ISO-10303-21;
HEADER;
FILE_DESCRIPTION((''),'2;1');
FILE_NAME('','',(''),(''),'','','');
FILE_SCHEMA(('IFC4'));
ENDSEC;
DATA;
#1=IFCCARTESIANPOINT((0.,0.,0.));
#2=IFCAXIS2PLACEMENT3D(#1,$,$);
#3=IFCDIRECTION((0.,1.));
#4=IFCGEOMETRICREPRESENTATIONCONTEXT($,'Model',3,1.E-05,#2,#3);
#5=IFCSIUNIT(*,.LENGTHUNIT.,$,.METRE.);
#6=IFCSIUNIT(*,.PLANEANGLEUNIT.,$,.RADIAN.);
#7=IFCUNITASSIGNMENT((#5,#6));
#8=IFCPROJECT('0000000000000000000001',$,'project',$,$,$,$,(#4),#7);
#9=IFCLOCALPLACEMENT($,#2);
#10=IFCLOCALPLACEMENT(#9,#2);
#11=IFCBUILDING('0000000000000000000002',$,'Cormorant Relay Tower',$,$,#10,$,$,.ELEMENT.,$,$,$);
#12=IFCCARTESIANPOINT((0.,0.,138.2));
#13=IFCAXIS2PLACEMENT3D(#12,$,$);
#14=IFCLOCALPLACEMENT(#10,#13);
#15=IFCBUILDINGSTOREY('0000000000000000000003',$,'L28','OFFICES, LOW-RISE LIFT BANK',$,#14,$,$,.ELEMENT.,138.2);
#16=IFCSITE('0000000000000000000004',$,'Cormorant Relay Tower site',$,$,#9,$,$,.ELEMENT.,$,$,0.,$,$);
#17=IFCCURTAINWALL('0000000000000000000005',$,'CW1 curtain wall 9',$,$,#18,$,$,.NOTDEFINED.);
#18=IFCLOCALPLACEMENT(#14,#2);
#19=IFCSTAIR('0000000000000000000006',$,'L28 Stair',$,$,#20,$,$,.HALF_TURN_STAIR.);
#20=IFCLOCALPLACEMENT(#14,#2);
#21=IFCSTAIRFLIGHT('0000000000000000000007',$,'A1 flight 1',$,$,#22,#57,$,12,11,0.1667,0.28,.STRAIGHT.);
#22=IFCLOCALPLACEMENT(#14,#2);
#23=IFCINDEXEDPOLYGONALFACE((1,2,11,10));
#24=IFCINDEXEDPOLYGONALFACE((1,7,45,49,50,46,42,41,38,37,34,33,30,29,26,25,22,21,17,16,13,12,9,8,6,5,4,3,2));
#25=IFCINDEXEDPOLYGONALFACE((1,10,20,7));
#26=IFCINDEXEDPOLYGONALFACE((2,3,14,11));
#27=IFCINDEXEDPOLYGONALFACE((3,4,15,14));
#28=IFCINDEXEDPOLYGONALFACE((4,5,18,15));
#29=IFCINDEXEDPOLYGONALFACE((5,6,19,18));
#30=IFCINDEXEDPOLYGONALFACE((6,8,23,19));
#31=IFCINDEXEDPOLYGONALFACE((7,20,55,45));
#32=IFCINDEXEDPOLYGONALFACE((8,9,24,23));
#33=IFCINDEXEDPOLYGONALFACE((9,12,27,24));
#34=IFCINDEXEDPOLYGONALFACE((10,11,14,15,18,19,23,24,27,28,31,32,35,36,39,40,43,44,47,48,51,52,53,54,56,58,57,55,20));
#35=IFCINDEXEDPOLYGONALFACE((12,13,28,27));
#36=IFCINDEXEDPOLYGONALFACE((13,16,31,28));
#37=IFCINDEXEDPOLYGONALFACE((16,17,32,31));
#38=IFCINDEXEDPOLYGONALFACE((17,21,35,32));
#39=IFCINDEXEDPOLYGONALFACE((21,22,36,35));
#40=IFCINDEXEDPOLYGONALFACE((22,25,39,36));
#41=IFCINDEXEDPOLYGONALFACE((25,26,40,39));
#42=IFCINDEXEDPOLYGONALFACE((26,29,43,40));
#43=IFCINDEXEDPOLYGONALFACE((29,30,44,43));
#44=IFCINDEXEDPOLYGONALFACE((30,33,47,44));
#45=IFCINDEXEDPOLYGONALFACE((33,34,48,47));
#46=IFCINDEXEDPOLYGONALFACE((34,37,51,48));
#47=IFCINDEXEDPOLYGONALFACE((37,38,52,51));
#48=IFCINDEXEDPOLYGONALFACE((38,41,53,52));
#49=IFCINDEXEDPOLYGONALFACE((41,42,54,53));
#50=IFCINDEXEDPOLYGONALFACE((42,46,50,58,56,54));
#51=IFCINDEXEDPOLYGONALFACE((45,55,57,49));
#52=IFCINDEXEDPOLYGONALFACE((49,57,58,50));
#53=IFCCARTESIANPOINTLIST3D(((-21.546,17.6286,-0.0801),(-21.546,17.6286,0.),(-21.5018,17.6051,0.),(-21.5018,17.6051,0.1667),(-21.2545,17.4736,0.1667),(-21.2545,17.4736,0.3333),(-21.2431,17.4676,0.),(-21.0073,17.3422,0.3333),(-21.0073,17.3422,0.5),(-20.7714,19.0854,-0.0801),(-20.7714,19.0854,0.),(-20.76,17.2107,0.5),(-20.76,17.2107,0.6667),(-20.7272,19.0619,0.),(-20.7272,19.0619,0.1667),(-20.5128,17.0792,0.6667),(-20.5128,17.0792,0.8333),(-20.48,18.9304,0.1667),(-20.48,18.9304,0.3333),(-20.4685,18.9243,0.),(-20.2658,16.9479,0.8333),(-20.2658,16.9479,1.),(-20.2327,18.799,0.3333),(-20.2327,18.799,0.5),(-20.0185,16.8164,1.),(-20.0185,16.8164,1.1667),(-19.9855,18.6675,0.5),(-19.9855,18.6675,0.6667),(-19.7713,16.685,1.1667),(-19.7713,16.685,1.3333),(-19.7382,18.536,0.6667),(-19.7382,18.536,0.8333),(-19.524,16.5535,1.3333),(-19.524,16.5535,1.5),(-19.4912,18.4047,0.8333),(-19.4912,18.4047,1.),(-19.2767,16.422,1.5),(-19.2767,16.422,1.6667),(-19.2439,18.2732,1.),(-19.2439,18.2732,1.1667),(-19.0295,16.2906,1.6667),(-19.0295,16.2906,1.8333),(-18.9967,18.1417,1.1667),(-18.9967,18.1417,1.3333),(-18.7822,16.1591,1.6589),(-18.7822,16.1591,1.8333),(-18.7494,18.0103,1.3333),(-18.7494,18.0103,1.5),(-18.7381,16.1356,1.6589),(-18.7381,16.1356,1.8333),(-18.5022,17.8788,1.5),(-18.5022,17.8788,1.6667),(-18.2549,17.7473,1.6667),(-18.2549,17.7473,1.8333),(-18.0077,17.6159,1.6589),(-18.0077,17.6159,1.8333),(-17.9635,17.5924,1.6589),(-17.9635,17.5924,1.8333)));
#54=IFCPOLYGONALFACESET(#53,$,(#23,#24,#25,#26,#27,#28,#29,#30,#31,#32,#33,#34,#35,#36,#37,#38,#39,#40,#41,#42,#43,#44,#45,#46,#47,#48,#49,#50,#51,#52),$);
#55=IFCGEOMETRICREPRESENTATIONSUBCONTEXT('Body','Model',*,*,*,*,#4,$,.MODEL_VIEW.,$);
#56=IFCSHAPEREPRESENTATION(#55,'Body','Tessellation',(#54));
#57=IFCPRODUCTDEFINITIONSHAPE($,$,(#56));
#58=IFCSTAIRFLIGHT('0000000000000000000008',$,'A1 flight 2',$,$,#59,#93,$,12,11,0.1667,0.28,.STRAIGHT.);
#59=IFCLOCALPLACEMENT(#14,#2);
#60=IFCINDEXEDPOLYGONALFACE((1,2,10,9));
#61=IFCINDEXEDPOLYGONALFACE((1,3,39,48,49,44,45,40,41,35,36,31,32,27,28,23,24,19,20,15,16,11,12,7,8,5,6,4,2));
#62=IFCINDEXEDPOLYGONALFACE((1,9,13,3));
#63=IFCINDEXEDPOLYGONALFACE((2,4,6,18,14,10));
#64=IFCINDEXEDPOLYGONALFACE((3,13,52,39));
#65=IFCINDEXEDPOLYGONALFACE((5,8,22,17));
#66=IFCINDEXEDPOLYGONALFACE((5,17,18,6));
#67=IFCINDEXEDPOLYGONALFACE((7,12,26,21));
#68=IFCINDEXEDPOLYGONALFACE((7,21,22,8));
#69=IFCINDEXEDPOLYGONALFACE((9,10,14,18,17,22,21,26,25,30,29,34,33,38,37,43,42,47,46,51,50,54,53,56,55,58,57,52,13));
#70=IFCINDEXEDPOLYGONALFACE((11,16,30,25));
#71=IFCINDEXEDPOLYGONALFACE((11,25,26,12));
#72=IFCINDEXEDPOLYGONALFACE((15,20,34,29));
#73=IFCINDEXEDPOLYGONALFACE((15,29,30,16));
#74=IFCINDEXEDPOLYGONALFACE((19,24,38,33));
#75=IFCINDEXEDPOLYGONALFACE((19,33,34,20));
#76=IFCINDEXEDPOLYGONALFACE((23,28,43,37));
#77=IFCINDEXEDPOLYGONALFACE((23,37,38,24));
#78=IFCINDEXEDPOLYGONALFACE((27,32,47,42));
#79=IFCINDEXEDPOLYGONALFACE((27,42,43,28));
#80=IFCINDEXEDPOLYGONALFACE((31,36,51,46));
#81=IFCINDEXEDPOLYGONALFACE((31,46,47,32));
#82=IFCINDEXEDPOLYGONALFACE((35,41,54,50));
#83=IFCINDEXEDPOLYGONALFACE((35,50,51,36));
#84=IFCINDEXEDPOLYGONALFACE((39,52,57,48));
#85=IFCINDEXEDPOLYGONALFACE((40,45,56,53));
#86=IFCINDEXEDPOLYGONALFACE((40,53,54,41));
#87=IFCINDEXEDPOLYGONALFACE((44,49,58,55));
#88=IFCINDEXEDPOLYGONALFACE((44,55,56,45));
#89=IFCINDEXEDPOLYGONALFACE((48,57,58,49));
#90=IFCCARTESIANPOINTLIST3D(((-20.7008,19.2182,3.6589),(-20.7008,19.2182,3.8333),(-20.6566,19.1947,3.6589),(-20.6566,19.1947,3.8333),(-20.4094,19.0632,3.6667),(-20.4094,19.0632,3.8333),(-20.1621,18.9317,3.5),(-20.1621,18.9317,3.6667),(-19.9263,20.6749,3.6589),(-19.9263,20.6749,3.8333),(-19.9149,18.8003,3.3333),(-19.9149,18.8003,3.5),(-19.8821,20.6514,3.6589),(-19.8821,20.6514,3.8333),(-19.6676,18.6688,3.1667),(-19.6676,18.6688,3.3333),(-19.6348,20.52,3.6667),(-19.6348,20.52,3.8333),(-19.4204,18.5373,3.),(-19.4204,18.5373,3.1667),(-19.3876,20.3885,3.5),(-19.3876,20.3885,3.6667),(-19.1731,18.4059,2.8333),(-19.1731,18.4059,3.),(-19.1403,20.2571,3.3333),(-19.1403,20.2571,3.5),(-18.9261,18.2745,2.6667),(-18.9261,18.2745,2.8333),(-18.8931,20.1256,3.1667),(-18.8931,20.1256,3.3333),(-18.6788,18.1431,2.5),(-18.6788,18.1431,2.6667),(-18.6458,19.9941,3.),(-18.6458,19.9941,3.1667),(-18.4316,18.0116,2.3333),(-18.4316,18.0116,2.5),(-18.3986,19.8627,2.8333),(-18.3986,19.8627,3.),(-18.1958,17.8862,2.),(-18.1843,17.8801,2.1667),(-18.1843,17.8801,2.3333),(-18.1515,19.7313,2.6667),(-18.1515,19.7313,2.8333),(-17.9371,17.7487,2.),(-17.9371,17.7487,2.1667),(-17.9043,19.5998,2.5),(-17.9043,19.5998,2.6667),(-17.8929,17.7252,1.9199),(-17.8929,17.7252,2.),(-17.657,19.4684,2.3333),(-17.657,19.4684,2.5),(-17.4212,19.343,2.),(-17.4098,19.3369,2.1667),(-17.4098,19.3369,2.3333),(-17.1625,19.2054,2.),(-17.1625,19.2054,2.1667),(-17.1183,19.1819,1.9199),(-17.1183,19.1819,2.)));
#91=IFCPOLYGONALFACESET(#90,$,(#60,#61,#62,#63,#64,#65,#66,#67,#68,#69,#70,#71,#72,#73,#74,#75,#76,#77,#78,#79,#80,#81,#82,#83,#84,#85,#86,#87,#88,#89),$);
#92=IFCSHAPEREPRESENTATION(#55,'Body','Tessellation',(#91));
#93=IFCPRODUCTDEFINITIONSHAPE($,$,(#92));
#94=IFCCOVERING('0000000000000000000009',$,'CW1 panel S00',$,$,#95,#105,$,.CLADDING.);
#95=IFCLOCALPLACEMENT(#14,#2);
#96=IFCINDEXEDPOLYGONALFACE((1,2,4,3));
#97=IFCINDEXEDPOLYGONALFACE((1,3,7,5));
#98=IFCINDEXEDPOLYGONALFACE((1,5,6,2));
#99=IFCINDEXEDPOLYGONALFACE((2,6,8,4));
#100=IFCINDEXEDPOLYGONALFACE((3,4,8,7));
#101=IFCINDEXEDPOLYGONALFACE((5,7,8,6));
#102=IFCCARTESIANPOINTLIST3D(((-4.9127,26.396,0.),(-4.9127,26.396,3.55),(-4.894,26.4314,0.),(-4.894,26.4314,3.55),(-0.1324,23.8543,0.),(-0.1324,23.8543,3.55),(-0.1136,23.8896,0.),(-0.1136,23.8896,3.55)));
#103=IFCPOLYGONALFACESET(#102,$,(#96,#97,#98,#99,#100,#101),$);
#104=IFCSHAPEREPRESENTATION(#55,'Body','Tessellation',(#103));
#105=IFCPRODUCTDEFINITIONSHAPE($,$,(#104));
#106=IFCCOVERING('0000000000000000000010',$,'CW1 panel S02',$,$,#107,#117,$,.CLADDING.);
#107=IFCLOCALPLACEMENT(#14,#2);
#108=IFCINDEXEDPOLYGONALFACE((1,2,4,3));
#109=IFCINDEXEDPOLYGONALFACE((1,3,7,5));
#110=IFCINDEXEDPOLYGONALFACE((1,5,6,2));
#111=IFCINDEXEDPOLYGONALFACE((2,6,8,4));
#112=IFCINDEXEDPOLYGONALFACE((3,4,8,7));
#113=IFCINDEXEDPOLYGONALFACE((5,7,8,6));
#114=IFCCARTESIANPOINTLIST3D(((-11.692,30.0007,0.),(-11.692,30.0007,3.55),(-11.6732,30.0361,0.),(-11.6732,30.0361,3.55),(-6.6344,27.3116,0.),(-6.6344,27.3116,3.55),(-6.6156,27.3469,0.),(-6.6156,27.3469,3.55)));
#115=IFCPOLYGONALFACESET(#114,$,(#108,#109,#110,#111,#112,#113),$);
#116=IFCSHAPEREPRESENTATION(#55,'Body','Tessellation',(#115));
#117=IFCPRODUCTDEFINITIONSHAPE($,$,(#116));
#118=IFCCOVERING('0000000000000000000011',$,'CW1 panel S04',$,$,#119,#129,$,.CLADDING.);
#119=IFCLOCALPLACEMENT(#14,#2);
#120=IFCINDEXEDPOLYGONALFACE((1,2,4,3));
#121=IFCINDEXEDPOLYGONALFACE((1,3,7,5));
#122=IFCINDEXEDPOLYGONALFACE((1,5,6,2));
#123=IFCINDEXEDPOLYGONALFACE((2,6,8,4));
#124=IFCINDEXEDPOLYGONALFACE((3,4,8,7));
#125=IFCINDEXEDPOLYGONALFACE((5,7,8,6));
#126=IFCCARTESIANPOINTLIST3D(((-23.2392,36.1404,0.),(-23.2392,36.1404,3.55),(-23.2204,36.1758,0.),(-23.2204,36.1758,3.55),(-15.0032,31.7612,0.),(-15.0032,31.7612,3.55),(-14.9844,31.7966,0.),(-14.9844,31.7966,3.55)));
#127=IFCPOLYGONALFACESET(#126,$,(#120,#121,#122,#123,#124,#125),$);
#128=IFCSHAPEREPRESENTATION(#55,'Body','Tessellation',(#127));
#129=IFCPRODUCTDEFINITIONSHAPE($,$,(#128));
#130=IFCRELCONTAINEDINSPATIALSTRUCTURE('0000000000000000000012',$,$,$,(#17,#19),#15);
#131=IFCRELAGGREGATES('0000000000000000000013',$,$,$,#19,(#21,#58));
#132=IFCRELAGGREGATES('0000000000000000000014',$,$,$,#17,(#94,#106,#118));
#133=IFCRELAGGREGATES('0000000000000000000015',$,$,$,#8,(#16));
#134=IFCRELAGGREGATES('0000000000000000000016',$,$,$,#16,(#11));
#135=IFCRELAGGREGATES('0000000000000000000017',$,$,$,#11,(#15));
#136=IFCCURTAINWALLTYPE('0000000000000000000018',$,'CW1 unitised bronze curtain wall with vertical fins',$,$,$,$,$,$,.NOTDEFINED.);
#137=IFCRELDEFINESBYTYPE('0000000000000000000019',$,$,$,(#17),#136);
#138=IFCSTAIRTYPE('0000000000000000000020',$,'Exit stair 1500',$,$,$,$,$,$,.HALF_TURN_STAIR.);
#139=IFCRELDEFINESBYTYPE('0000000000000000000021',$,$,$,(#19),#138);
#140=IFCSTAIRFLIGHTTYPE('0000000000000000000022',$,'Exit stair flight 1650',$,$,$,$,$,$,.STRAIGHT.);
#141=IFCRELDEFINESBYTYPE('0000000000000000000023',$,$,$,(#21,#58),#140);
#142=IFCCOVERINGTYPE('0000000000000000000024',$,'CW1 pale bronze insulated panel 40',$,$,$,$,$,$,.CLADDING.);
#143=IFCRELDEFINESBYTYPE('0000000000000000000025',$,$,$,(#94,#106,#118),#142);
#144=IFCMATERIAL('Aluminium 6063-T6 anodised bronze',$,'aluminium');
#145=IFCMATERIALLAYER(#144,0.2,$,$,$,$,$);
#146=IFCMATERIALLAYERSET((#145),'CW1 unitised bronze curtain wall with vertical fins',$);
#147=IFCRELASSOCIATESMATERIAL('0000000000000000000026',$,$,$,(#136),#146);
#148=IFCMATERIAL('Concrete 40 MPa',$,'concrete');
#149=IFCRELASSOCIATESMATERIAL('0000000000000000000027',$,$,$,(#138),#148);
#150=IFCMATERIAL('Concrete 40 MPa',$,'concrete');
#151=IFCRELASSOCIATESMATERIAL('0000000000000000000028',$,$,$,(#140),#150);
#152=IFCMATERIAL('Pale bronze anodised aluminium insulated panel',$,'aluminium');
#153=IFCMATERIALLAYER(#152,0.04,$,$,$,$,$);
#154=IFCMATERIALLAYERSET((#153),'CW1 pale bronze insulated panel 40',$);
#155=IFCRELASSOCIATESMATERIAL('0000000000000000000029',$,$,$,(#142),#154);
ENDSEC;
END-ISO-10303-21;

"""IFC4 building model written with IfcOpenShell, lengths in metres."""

from ifc_helpers import new_model, si_unit, direction, frame, origin, origin_2d, place, context, subcontext, project, spatial, polyline, rectangle, outline, extrude, material, layer, layer_set, type_object, element, aggregate, save


model = new_model("IFC4")

# Units and contexts
model_context = context("Model", 3, precision=1e-05, world=origin(), true_north=direction((0.0, 1.0)))
body_context = subcontext(model_context, "Body", "Model", "MODEL_VIEW")
ifc_project = project(units=[si_unit("LENGTHUNIT", "METRE"), si_unit("PLANEANGLEUNIT", "RADIAN")], contexts=[model_context])

# Site, building, storey
site_placement = place(None, origin())
site = spatial("IfcSite", under=ifc_project, at=site_placement, Name="Cormorant Relay Tower site", CompositionType="ELEMENT", RefElevation=0.0)
building_placement = place(site_placement, origin())
building = spatial("IfcBuilding", under=site, at=building_placement, Name="Cormorant Relay Tower", CompositionType="ELEMENT")
storey_placement = place(building_placement, frame((0.0, 0.0, 138.2)))
storey = spatial("IfcBuildingStorey", under=building, at=storey_placement, Name="L28", Description="OFFICES, LOW-RISE LIFT BANK", CompositionType="ELEMENT", Elevation=138.2)

# Curtain wall
ifc_material_1 = material(Name="Aluminium 6063-T6 anodised bronze", Category="aluminium")
ifc_layer_1 = layer(ifc_material_1, 0.2)
ifc_layer_set_1 = layer_set([ifc_layer_1], Name="CW1 unitised bronze curtain wall with vertical fins")
curtain_wall_type = type_object("IfcCurtainWallType", Name="CW1 unitised bronze curtain wall with vertical fins", PredefinedType="NOTDEFINED", material=ifc_layer_set_1)
curtain_wall_placement = place(storey_placement, origin())
curtain_wall = element("IfcCurtainWall", 1, at=curtain_wall_placement, inside=storey, type_object=curtain_wall_type, Name="CW1 curtain wall 9", PredefinedType="NOTDEFINED")

# Stair, stair flights
ifc_material_2 = material(Name="Concrete 40 MPa", Category="concrete")
stair_type = type_object("IfcStairType", Name="Exit stair 1500", PredefinedType="HALF_TURN_STAIR", material=ifc_material_2)
stair_placement = place(storey_placement, origin())
stair = element("IfcStair", 2, at=stair_placement, inside=storey, type_object=stair_type, Name="L28 Stair", PredefinedType="HALF_TURN_STAIR")
ifc_material_3 = material(Name="Concrete 40 MPa", Category="concrete")
stair_flight_type = type_object("IfcStairFlightType", Name="Exit stair flight 1650", PredefinedType="STRAIGHT", material=ifc_material_3)
stair_flight_1_placement = place(storey_placement, frame((-21.1145, 18.3335, 0.0), z_axis=(0.0, 0.0, 1.0), x_axis=(0.882948, -0.469472, 0.0)))
stair_flight_1 = element("IfcStairFlight", 3, at=stair_flight_1_placement, type_object=stair_flight_type, Name="A1 flight 1", NumberOfRisers=12, NumberOfTreads=11, PredefinedType="STRAIGHT", RiserHeight=0.1667, TreadLength=0.28, context=body_context, shape_type="SweptSolid", body=[
    extrude(outline(polyline([(-0.05, -0.0801), (-0.05, 0.0), (0.0, 0.0), (0.0, 0.1667), (0.28, 0.1667), (0.28, 0.3333), (0.5601, 0.3333), (0.5601, 0.5), (0.8401, 0.5), (0.8401, 0.6667), (1.1201, 0.6667), (1.1201, 0.8333), (1.3999, 0.8333), (1.3999, 1.0), (1.6799, 1.0), (1.6799, 1.1667), (1.96, 1.1667), (1.96, 1.3333), (2.24, 1.3333), (2.24, 1.5), (2.52, 1.5), (2.52, 1.6667), (2.8, 1.6667), (2.8, 1.8333), (3.0801, 1.8333), (3.1301, 1.8333), (3.1301, 1.6589), (3.0801, 1.6589), (0.293, 0.0), (-0.05, -0.0801)])), frame((0.0, 0.825, 0.0), z_axis=(0.0, -1.0, 0.0), x_axis=(1.0, 0.0, 0.0)), (0.0, 0.0, 1.0), 1.6499),
])
stair_flight_2_placement = place(storey_placement, frame((-17.5498, 18.4771, 2.0), z_axis=(0.0, 0.0, 1.0), x_axis=(-0.882948, 0.469472, 0.0)))
stair_flight_2 = element("IfcStairFlight", 4, at=stair_flight_2_placement, type_object=stair_flight_type, Name="A1 flight 2", NumberOfRisers=12, NumberOfTreads=11, PredefinedType="STRAIGHT", RiserHeight=0.1667, TreadLength=0.28, context=body_context, shape_type="SweptSolid", body=[
    extrude(outline(polyline([(-0.05, -0.0801), (-0.05, 0.0), (0.0, 0.0), (0.0, 0.1667), (0.28, 0.1667), (0.28, 0.3333), (0.5601, 0.3333), (0.5601, 0.5), (0.8401, 0.5), (0.8401, 0.6667), (1.1201, 0.6667), (1.1201, 0.8333), (1.3999, 0.8333), (1.3999, 1.0), (1.6799, 1.0), (1.6799, 1.1667), (1.96, 1.1667), (1.96, 1.3333), (2.24, 1.3333), (2.24, 1.5), (2.52, 1.5), (2.52, 1.6667), (2.8, 1.6667), (2.8, 1.8333), (3.0801, 1.8333), (3.1301, 1.8333), (3.1301, 1.6589), (3.0801, 1.6589), (0.293, 0.0), (-0.05, -0.0801)])), frame((0.0, 0.825, 0.0), z_axis=(0.0, -1.0, 0.0), x_axis=(1.0, 0.0, 0.0)), (0.0, 0.0, 1.0), 1.6499),
])
aggregate(stair, [stair_flight_1, stair_flight_2])

# Coverings
ifc_material_4 = material(Name="Pale bronze anodised aluminium insulated panel", Category="aluminium")
ifc_layer_2 = layer(ifc_material_4, 0.04)
ifc_layer_set_2 = layer_set([ifc_layer_2], Name="CW1 pale bronze insulated panel 40")
covering_type = type_object("IfcCoveringType", Name="CW1 pale bronze insulated panel 40", PredefinedType="CLADDING", material=ifc_layer_set_2)
covering_1_placement = place(storey_placement, frame((-2.5132, 25.1428, 0.0), z_axis=(0.0, 0.0, 1.0), x_axis=(-0.882948, 0.469472, 0.0)))
covering_1 = element("IfcCovering", 5, at=covering_1_placement, type_object=covering_type, Name="CW1 panel S00", PredefinedType="CLADDING", context=body_context, shape_type="SweptSolid", body=[
    extrude(rectangle(XDim=5.4141, YDim=0.04, at=origin_2d()), origin(), (0.0, 0.0, 1.0), 3.55),
])
covering_2_placement = place(storey_placement, frame((-9.1538, 28.6738, 0.0), z_axis=(0.0, 0.0, 1.0), x_axis=(-0.882948, 0.469472, 0.0)))
covering_2 = element("IfcCovering", 6, at=covering_2_placement, type_object=covering_type, Name="CW1 panel S02", PredefinedType="CLADDING", context=body_context, shape_type="SweptSolid", body=[
    extrude(rectangle(XDim=5.728, YDim=0.04, at=origin_2d()), origin(), (0.0, 0.0, 1.0), 3.55),
])
covering_3_placement = place(storey_placement, frame((-19.1118, 33.9685, 0.0), z_axis=(0.0, 0.0, 1.0), x_axis=(-0.882948, 0.469472, 0.0)))
covering_3 = element("IfcCovering", 7, at=covering_3_placement, type_object=covering_type, Name="CW1 panel S04", PredefinedType="CLADDING", context=body_context, shape_type="SweptSolid", body=[
    extrude(rectangle(XDim=9.3279, YDim=0.04, at=origin_2d()), origin(), (0.0, 0.0, 1.0), 3.55),
])
aggregate(curtain_wall, [covering_1, covering_2, covering_3])

save(model, "model.ifc")
